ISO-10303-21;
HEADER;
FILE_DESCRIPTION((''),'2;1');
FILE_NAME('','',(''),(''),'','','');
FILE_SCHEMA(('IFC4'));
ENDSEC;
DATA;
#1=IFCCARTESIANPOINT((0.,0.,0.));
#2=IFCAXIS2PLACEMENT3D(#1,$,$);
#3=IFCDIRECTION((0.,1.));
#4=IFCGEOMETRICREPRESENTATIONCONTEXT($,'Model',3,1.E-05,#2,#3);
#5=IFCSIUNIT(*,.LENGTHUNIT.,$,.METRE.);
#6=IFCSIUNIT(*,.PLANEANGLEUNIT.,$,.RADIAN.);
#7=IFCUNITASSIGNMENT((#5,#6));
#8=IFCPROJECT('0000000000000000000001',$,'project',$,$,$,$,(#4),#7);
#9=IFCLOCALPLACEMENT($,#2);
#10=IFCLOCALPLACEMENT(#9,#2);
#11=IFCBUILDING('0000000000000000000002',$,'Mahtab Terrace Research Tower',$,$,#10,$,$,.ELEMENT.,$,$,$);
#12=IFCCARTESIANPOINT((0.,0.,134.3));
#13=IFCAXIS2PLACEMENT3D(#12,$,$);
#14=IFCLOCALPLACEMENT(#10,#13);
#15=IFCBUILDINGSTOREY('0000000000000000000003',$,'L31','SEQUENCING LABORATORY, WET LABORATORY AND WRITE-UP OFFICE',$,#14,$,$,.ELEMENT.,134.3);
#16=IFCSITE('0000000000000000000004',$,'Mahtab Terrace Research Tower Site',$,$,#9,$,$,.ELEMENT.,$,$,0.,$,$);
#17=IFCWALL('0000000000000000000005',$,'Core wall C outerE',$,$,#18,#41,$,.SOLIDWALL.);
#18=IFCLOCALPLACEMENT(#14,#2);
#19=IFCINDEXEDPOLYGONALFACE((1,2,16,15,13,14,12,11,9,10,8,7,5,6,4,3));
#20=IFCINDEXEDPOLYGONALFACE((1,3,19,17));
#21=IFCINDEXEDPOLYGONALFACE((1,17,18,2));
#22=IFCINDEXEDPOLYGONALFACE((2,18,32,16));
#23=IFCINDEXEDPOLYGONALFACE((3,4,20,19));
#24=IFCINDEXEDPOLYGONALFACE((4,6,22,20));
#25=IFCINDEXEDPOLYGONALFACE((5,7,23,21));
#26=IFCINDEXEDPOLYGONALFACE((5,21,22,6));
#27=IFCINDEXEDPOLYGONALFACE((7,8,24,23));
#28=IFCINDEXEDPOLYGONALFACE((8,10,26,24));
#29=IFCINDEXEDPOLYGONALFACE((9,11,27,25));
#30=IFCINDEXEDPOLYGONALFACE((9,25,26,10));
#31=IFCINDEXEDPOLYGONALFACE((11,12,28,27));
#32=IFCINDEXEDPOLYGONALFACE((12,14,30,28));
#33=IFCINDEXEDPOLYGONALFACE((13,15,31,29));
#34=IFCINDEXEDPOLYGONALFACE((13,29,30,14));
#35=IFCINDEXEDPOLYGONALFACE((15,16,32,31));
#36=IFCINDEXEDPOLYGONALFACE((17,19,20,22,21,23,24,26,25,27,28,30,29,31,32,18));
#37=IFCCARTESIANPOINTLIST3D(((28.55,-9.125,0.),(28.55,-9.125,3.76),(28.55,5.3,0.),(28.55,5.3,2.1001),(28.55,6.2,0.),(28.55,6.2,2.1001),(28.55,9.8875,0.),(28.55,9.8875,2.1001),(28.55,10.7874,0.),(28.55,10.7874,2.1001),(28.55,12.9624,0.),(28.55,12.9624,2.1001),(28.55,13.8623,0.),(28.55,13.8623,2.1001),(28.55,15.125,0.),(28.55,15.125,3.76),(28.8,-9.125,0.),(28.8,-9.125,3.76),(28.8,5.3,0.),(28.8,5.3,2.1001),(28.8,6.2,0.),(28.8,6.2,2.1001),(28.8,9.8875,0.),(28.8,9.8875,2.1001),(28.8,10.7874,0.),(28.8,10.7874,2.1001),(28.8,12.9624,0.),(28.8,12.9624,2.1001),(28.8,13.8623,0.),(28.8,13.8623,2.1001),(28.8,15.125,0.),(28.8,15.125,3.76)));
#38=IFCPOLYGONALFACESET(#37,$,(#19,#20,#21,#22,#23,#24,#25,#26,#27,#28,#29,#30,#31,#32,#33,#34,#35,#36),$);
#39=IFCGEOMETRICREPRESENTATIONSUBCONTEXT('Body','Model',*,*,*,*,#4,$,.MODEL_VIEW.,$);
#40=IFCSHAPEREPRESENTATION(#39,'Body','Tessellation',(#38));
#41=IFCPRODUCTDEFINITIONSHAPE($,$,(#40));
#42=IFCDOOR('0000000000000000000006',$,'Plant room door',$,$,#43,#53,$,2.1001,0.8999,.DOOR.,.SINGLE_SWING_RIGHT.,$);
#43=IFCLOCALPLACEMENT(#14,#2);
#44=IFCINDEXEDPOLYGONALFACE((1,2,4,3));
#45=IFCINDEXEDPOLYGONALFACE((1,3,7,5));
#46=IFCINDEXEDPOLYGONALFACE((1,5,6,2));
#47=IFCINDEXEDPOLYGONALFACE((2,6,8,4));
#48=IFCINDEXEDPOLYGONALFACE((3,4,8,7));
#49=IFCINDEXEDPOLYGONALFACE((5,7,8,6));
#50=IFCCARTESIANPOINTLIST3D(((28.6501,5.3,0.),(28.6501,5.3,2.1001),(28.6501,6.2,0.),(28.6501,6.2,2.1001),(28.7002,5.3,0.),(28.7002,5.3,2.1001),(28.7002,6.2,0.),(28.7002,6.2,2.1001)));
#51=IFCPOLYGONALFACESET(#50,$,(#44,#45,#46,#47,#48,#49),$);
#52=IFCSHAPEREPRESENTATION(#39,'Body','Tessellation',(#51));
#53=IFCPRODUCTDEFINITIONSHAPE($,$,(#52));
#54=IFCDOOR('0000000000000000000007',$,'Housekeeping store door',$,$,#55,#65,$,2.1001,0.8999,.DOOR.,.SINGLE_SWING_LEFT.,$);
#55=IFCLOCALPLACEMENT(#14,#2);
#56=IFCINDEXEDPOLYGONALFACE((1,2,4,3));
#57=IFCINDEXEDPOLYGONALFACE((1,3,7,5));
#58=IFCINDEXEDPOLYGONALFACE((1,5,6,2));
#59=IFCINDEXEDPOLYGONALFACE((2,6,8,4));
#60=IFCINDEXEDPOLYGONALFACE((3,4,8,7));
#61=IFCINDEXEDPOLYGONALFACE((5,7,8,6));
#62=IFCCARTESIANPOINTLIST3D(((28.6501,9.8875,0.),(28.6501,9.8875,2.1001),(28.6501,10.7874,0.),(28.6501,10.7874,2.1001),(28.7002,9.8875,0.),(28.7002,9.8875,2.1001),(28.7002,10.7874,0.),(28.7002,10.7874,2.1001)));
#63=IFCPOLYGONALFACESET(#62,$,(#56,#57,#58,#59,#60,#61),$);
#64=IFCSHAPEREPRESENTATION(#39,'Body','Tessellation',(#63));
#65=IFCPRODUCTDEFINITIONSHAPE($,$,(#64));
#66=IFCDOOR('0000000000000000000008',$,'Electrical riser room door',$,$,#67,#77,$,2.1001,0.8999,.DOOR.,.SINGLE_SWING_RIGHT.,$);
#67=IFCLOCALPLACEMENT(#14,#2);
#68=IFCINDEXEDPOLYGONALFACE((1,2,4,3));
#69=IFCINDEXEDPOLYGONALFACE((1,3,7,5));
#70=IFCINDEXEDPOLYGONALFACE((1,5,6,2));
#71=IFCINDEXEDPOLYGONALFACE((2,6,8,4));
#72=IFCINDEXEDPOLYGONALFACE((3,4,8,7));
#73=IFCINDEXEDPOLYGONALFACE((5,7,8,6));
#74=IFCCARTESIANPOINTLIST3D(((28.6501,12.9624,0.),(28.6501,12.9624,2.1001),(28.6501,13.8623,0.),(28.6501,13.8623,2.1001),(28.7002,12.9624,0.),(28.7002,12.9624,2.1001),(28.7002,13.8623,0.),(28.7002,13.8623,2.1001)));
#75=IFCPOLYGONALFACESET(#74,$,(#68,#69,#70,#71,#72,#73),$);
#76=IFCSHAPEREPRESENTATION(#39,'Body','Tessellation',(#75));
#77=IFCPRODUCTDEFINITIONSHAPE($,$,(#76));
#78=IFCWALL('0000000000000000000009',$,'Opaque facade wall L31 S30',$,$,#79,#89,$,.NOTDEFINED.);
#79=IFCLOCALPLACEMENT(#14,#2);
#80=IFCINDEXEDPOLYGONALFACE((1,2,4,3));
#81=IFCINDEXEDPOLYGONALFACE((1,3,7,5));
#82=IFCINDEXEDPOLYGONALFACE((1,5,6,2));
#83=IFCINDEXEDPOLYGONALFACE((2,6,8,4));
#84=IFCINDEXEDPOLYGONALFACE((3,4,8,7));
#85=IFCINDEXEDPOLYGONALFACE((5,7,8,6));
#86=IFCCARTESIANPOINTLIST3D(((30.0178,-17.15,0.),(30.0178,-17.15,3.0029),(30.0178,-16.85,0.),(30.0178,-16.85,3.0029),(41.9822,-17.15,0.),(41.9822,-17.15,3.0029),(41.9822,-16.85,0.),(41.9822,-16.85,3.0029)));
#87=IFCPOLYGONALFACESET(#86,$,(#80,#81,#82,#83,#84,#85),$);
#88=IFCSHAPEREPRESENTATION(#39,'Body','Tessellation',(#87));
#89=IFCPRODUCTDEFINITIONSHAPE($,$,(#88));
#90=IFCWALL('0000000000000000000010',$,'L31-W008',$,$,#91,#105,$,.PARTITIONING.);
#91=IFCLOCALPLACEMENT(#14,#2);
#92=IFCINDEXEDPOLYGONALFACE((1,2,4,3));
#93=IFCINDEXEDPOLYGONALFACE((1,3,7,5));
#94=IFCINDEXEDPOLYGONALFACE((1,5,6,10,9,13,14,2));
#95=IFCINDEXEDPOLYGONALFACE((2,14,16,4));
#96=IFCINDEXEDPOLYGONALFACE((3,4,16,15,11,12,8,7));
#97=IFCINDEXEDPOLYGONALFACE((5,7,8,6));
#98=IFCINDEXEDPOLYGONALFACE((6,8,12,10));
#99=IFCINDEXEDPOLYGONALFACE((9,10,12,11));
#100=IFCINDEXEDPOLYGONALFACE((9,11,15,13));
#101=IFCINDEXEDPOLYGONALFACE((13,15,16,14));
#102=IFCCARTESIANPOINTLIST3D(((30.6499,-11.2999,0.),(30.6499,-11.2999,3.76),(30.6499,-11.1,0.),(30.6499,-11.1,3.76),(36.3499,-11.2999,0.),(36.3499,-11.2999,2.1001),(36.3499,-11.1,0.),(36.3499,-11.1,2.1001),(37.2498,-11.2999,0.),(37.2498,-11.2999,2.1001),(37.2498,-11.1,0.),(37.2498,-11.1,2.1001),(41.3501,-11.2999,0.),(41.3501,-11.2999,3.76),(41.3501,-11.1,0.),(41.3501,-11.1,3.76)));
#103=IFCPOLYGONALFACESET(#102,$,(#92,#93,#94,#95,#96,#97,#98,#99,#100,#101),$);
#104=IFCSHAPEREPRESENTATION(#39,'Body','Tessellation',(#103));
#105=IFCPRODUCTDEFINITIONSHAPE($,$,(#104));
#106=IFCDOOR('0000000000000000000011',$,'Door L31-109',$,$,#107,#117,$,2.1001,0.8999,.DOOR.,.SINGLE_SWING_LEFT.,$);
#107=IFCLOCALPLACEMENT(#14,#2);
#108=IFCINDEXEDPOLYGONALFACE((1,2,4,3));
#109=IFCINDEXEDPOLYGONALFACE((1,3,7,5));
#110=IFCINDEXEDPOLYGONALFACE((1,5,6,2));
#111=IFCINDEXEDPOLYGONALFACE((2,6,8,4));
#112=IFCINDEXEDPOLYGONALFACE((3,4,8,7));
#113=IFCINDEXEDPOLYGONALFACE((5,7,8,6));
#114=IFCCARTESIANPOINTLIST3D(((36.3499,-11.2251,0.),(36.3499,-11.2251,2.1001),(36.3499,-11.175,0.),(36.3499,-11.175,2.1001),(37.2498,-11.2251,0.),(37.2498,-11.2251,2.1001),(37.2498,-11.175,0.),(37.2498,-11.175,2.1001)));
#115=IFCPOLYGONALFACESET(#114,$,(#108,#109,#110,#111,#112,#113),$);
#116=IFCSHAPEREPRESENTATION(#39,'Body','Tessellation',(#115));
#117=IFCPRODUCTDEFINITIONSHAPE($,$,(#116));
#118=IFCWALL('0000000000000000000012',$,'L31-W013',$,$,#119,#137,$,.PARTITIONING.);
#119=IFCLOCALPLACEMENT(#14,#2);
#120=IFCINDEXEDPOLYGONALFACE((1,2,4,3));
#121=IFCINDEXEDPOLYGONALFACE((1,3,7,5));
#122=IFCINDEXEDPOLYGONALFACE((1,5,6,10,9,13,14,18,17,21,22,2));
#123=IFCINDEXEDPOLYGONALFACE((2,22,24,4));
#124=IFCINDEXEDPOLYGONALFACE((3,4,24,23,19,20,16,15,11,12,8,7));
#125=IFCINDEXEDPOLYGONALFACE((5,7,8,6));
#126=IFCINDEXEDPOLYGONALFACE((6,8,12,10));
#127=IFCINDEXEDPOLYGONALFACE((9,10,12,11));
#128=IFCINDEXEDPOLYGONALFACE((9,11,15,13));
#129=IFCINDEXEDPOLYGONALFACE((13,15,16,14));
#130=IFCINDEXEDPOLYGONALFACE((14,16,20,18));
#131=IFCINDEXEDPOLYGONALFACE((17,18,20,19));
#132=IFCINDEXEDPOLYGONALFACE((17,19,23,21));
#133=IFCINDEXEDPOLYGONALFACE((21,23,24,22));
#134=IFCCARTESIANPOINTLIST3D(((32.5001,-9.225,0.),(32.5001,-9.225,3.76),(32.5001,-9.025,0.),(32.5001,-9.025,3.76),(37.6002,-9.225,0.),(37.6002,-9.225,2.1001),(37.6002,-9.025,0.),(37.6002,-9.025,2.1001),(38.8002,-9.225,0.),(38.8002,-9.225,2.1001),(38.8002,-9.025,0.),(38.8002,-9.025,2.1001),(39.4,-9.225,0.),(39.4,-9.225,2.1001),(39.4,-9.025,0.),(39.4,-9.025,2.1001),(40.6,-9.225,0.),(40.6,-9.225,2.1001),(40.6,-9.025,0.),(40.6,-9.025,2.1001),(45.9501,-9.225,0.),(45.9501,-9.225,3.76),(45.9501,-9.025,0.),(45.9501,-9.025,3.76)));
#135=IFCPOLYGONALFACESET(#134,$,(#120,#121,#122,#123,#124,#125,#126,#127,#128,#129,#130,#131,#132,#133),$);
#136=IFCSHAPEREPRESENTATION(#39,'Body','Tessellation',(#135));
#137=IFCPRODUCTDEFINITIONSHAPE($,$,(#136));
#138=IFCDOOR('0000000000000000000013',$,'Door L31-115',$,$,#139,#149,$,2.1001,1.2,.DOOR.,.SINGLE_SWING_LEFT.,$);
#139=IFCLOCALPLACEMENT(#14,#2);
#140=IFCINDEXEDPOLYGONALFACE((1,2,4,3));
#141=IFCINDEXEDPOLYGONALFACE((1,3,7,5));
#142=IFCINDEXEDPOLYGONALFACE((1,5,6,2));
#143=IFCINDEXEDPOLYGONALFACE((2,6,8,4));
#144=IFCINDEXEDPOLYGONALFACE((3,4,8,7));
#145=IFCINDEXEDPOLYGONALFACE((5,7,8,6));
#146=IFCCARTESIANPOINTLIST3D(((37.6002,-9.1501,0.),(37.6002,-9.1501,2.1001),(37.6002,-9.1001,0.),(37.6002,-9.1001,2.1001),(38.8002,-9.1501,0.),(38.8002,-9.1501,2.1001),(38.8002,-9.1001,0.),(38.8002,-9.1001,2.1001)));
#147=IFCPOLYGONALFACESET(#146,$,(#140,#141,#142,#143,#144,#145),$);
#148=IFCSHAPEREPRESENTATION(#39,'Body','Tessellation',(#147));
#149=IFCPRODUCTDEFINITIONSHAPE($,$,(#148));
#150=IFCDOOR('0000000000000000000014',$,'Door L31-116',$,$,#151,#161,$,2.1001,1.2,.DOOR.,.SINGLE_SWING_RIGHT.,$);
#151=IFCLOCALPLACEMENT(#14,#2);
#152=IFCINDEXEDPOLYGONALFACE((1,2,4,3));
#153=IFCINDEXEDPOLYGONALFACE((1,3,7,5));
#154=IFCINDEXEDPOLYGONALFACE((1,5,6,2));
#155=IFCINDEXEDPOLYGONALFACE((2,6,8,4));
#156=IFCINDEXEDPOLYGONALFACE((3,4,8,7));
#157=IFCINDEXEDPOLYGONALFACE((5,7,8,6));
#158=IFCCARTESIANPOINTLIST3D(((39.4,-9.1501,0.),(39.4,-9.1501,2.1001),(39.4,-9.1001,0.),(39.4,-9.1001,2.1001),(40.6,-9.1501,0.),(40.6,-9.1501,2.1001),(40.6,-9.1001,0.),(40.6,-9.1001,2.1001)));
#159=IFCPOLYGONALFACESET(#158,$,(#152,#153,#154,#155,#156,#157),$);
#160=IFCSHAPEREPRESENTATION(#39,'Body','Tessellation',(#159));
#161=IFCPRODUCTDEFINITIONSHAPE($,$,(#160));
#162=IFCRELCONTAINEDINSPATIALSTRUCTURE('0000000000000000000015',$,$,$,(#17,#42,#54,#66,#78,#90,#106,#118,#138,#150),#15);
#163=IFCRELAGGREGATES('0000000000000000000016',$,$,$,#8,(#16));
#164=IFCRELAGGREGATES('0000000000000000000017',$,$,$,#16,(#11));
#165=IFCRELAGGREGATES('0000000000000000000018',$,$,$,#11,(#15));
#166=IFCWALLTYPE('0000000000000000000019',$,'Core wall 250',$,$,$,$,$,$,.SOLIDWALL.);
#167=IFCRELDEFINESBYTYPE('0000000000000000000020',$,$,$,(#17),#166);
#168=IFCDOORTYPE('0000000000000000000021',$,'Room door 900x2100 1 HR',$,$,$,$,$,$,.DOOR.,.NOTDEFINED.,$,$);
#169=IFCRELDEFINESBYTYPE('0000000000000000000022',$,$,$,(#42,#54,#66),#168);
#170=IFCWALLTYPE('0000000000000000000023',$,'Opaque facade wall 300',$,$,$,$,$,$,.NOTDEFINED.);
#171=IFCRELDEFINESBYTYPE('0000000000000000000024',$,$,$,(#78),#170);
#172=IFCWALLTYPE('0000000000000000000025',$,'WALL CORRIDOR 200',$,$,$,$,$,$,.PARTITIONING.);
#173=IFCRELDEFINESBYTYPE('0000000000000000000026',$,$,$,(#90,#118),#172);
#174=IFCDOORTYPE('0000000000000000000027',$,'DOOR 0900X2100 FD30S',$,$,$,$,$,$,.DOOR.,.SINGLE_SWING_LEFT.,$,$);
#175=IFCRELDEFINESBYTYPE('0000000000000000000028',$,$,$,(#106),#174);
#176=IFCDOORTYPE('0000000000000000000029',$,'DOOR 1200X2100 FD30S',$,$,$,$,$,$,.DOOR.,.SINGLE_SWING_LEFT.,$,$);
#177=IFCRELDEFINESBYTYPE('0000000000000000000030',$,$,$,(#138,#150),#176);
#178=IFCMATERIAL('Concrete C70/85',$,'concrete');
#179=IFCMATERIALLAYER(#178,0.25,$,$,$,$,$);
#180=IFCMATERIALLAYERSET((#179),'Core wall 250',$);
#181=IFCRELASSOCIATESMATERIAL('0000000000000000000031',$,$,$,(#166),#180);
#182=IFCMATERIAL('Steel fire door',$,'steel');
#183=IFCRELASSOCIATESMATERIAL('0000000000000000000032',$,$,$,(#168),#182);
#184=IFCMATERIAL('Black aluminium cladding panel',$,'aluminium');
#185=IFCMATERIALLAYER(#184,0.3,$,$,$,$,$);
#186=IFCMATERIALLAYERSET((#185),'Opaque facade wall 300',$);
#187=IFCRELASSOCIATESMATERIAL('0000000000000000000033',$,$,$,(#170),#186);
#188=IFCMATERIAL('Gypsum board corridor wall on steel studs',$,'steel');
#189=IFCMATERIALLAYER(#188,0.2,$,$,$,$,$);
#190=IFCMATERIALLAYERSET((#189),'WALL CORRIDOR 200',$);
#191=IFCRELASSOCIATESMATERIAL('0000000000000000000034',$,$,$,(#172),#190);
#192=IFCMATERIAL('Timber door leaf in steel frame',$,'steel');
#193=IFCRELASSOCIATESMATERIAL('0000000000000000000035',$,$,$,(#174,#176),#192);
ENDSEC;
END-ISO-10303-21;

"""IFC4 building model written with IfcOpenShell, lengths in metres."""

from ifc_helpers import new_model, si_unit, direction, frame, frame_2d, origin, place, context, subcontext, project, spatial, rectangle, extrude, material, layer, layer_set, type_object, element, fill, save


model = new_model("IFC4")

# Units and contexts
model_context = context("Model", 3, precision=1e-05, world=origin(), true_north=direction((0.0, 1.0)))
body_context = subcontext(model_context, "Body", "Model", "MODEL_VIEW")
ifc_project = project(units=[si_unit("LENGTHUNIT", "METRE"), si_unit("PLANEANGLEUNIT", "RADIAN")], contexts=[model_context])

# Site, building, storey
site_placement = place(None, origin())
site = spatial("IfcSite", under=ifc_project, at=site_placement, Name="Mahtab Terrace Research Tower Site", CompositionType="ELEMENT", RefElevation=0.0)
building_placement = place(site_placement, origin())
building = spatial("IfcBuilding", under=site, at=building_placement, Name="Mahtab Terrace Research Tower", CompositionType="ELEMENT")
storey_placement = place(building_placement, frame((0.0, 0.0, 134.3)))
storey = spatial("IfcBuildingStorey", under=building, at=storey_placement, Name="L31", Description="SEQUENCING LABORATORY, WET LABORATORY AND WRITE-UP OFFICE", CompositionType="ELEMENT", Elevation=134.3)

# Shared definitions
ifc_material_1 = material(Name="Concrete C70/85", Category="concrete")

# Wall, openings, doors
ifc_layer_1 = layer(ifc_material_1, 0.25)
ifc_layer_set_1 = layer_set([ifc_layer_1], Name="Core wall 250")
wall_type_1 = type_object("IfcWallType", Name="Core wall 250", PredefinedType="SOLIDWALL", material=ifc_layer_set_1)
wall_1_placement = place(storey_placement, frame((28.675, -9.125, 0.0), z_axis=(0.0, 0.0, 1.0), x_axis=(0.0, 1.0, 0.0)))
wall_1 = element("IfcWall", 1, at=wall_1_placement, inside=storey, type_object=wall_type_1, Name="Core wall C outerE", PredefinedType="SOLIDWALL", context=body_context, shape_type="SweptSolid", body=[
    extrude(rectangle(XDim=24.25, YDim=0.25, at=frame_2d((12.125, 0.0))), origin(), (0.0, 0.0, 1.0), 3.76),
])
opening_1_placement = place(wall_1_placement, frame((14.425, 0.0, 0.0)))
opening_1 = element("IfcOpeningElement", 2, at=opening_1_placement, cuts=wall_1, PredefinedType="OPENING", context=body_context, shape_type="SweptSolid", body=[
    extrude(rectangle(XDim=0.8999, YDim=2.1001, at=frame_2d((0.45, 1.05))), frame((0.0, 0.135, 0.0), z_axis=(0.0, -1.0, 0.0), x_axis=(1.0, 0.0, 0.0)), (0.0, 0.0, 1.0), 0.27),
])
opening_2_placement = place(wall_1_placement, frame((19.0125, 0.0, 0.0)))
opening_2 = element("IfcOpeningElement", 3, at=opening_2_placement, cuts=wall_1, PredefinedType="OPENING", context=body_context, shape_type="SweptSolid", body=[
    extrude(rectangle(XDim=0.8999, YDim=2.1001, at=frame_2d((0.45, 1.05))), frame((0.0, 0.135, 0.0), z_axis=(0.0, -1.0, 0.0), x_axis=(1.0, 0.0, 0.0)), (0.0, 0.0, 1.0), 0.27),
])
opening_3_placement = place(wall_1_placement, frame((22.0874, 0.0, 0.0)))
opening_3 = element("IfcOpeningElement", 4, at=opening_3_placement, cuts=wall_1, PredefinedType="OPENING", context=body_context, shape_type="SweptSolid", body=[
    extrude(rectangle(XDim=0.8999, YDim=2.1001, at=frame_2d((0.45, 1.05))), frame((0.0, 0.135, 0.0), z_axis=(0.0, -1.0, 0.0), x_axis=(1.0, 0.0, 0.0)), (0.0, 0.0, 1.0), 0.27),
])
ifc_material_2 = material(Name="Steel fire door", Category="steel")
door_type_1 = type_object("IfcDoorType", Name="Room door 900x2100 1 HR", OperationType="NOTDEFINED", PredefinedType="DOOR", material=ifc_material_2)
door_1_placement = place(opening_1_placement, origin())
door_1 = element("IfcDoor", 5, at=door_1_placement, inside=storey, type_object=door_type_1, Name="Plant room door", OperationType="SINGLE_SWING_RIGHT", OverallHeight=2.1001, OverallWidth=0.8999, PredefinedType="DOOR", context=body_context, shape_type="SweptSolid", body=[
    extrude(rectangle(XDim=0.8999, YDim=2.1001, at=frame_2d((0.45, 1.05))), frame((0.0, 0.0249, 0.0), z_axis=(0.0, -1.0, 0.0), x_axis=(1.0, 0.0, 0.0)), (0.0, 0.0, 1.0), 0.05),
])
fill(opening_1, door_1)
door_2_placement = place(opening_2_placement, origin())
door_2 = element("IfcDoor", 6, at=door_2_placement, inside=storey, type_object=door_type_1, Name="Housekeeping store door", OperationType="SINGLE_SWING_LEFT", OverallHeight=2.1001, OverallWidth=0.8999, PredefinedType="DOOR", context=body_context, shape_type="SweptSolid", body=[
    extrude(rectangle(XDim=0.8999, YDim=2.1001, at=frame_2d((0.45, 1.05))), frame((0.0, 0.0249, 0.0), z_axis=(0.0, -1.0, 0.0), x_axis=(1.0, 0.0, 0.0)), (0.0, 0.0, 1.0), 0.05),
])
fill(opening_2, door_2)
door_3_placement = place(opening_3_placement, origin())
door_3 = element("IfcDoor", 7, at=door_3_placement, inside=storey, type_object=door_type_1, Name="Electrical riser room door", OperationType="SINGLE_SWING_RIGHT", OverallHeight=2.1001, OverallWidth=0.8999, PredefinedType="DOOR", context=body_context, shape_type="SweptSolid", body=[
    extrude(rectangle(XDim=0.8999, YDim=2.1001, at=frame_2d((0.45, 1.05))), frame((0.0, 0.0249, 0.0), z_axis=(0.0, -1.0, 0.0), x_axis=(1.0, 0.0, 0.0)), (0.0, 0.0, 1.0), 0.05),
])
fill(opening_3, door_3)

# Wall
ifc_material_3 = material(Name="Black aluminium cladding panel", Category="aluminium")
ifc_layer_2 = layer(ifc_material_3, 0.3)
ifc_layer_set_2 = layer_set([ifc_layer_2], Name="Opaque facade wall 300")
wall_type_2 = type_object("IfcWallType", Name="Opaque facade wall 300", PredefinedType="NOTDEFINED", material=ifc_layer_set_2)
wall_2_placement = place(storey_placement, frame((30.0178, -17.0, 0.0), z_axis=(0.0, 0.0, 1.0), x_axis=(1.0, 0.0, 0.0)))
element("IfcWall", 8, at=wall_2_placement, inside=storey, type_object=wall_type_2, Name="Opaque facade wall L31 S30", PredefinedType="NOTDEFINED", context=body_context, shape_type="SweptSolid", body=[
    extrude(rectangle(XDim=11.9644, YDim=0.3, at=frame_2d((5.9822, 0.0))), origin(), (0.0, 0.0, 1.0), 3.0029),
])

# Wall, opening, door
ifc_material_4 = material(Name="Gypsum board corridor wall on steel studs", Category="steel")
ifc_layer_3 = layer(ifc_material_4, 0.2)
ifc_layer_set_3 = layer_set([ifc_layer_3], Name="WALL CORRIDOR 200")
wall_type_3 = type_object("IfcWallType", Name="WALL CORRIDOR 200", PredefinedType="PARTITIONING", material=ifc_layer_set_3)
wall_3_placement = place(storey_placement, frame((30.6499, -11.2, 0.0), z_axis=(0.0, 0.0, 1.0), x_axis=(1.0, 0.0, 0.0)))
wall_3 = element("IfcWall", 9, at=wall_3_placement, inside=storey, type_object=wall_type_3, Name="L31-W008", PredefinedType="PARTITIONING", context=body_context, shape_type="SweptSolid", body=[
    extrude(rectangle(XDim=10.7002, YDim=0.2, at=frame_2d((5.3501, 0.0))), origin(), (0.0, 0.0, 1.0), 3.76),
])
opening_4_placement = place(wall_3_placement, frame((5.7, 0.0, 0.0)))
opening_4 = element("IfcOpeningElement", 10, at=opening_4_placement, cuts=wall_3, PredefinedType="OPENING", context=body_context, shape_type="SweptSolid", body=[
    extrude(rectangle(XDim=0.8999, YDim=2.1001, at=frame_2d((0.45, 1.05))), frame((0.0, 0.1099, 0.0), z_axis=(0.0, -1.0, 0.0), x_axis=(1.0, 0.0, 0.0)), (0.0, 0.0, 1.0), 0.22),
])
ifc_material_5 = material(Name="Timber door leaf in steel frame", Category="steel")
door_type_2 = type_object("IfcDoorType", Name="DOOR 0900X2100 FD30S", OperationType="SINGLE_SWING_LEFT", PredefinedType="DOOR", material=ifc_material_5)
door_4_placement = place(opening_4_placement, origin())
door_4 = element("IfcDoor", 11, at=door_4_placement, inside=storey, type_object=door_type_2, Name="Door L31-109", OperationType="SINGLE_SWING_LEFT", OverallHeight=2.1001, OverallWidth=0.8999, PredefinedType="DOOR", context=body_context, shape_type="SweptSolid", body=[
    extrude(rectangle(XDim=0.8999, YDim=2.1001, at=frame_2d((0.45, 1.05))), frame((0.0, 0.0249, 0.0), z_axis=(0.0, -1.0, 0.0), x_axis=(1.0, 0.0, 0.0)), (0.0, 0.0, 1.0), 0.05),
])
fill(opening_4, door_4)

# Wall, openings, doors
wall_4_placement = place(storey_placement, frame((32.5, -9.125, 0.0), z_axis=(0.0, 0.0, 1.0), x_axis=(1.0, 0.0, 0.0)))
wall_4 = element("IfcWall", 12, at=wall_4_placement, inside=storey, type_object=wall_type_3, Name="L31-W013", PredefinedType="PARTITIONING", context=body_context, shape_type="SweptSolid", body=[
    extrude(rectangle(XDim=13.45, YDim=0.2, at=frame_2d((6.7251, 0.0))), origin(), (0.0, 0.0, 1.0), 3.76),
])
opening_5_placement = place(wall_4_placement, frame((5.1001, 0.0, 0.0)))
opening_5 = element("IfcOpeningElement", 13, at=opening_5_placement, cuts=wall_4, PredefinedType="OPENING", context=body_context, shape_type="SweptSolid", body=[
    extrude(rectangle(XDim=1.2, YDim=2.1001, at=frame_2d((0.6001, 1.05))), frame((0.0, 0.1099, 0.0), z_axis=(0.0, -1.0, 0.0), x_axis=(1.0, 0.0, 0.0)), (0.0, 0.0, 1.0), 0.22),
])
opening_6_placement = place(wall_4_placement, frame((6.8999, 0.0, 0.0)))
opening_6 = element("IfcOpeningElement", 14, at=opening_6_placement, cuts=wall_4, PredefinedType="OPENING", context=body_context, shape_type="SweptSolid", body=[
    extrude(rectangle(XDim=1.2, YDim=2.1001, at=frame_2d((0.6001, 1.05))), frame((0.0, 0.1099, 0.0), z_axis=(0.0, -1.0, 0.0), x_axis=(1.0, 0.0, 0.0)), (0.0, 0.0, 1.0), 0.22),
])
door_type_3 = type_object("IfcDoorType", Name="DOOR 1200X2100 FD30S", OperationType="SINGLE_SWING_LEFT", PredefinedType="DOOR", material=ifc_material_5)
door_5_placement = place(opening_5_placement, origin())
door_5 = element("IfcDoor", 15, at=door_5_placement, inside=storey, type_object=door_type_3, Name="Door L31-115", OperationType="SINGLE_SWING_LEFT", OverallHeight=2.1001, OverallWidth=1.2, PredefinedType="DOOR", context=body_context, shape_type="SweptSolid", body=[
    extrude(rectangle(XDim=1.2, YDim=2.1001, at=frame_2d((0.6001, 1.05))), frame((0.0, 0.0249, 0.0), z_axis=(0.0, -1.0, 0.0), x_axis=(1.0, 0.0, 0.0)), (0.0, 0.0, 1.0), 0.05),
])
fill(opening_5, door_5)
door_6_placement = place(opening_6_placement, origin())
door_6 = element("IfcDoor", 16, at=door_6_placement, inside=storey, type_object=door_type_3, Name="Door L31-116", OperationType="SINGLE_SWING_RIGHT", OverallHeight=2.1001, OverallWidth=1.2, PredefinedType="DOOR", context=body_context, shape_type="SweptSolid", body=[
    extrude(rectangle(XDim=1.2, YDim=2.1001, at=frame_2d((0.6001, 1.05))), frame((0.0, 0.0249, 0.0), z_axis=(0.0, -1.0, 0.0), x_axis=(1.0, 0.0, 0.0)), (0.0, 0.0, 1.0), 0.05),
])
fill(opening_6, door_6)

save(model, "model.ifc")
